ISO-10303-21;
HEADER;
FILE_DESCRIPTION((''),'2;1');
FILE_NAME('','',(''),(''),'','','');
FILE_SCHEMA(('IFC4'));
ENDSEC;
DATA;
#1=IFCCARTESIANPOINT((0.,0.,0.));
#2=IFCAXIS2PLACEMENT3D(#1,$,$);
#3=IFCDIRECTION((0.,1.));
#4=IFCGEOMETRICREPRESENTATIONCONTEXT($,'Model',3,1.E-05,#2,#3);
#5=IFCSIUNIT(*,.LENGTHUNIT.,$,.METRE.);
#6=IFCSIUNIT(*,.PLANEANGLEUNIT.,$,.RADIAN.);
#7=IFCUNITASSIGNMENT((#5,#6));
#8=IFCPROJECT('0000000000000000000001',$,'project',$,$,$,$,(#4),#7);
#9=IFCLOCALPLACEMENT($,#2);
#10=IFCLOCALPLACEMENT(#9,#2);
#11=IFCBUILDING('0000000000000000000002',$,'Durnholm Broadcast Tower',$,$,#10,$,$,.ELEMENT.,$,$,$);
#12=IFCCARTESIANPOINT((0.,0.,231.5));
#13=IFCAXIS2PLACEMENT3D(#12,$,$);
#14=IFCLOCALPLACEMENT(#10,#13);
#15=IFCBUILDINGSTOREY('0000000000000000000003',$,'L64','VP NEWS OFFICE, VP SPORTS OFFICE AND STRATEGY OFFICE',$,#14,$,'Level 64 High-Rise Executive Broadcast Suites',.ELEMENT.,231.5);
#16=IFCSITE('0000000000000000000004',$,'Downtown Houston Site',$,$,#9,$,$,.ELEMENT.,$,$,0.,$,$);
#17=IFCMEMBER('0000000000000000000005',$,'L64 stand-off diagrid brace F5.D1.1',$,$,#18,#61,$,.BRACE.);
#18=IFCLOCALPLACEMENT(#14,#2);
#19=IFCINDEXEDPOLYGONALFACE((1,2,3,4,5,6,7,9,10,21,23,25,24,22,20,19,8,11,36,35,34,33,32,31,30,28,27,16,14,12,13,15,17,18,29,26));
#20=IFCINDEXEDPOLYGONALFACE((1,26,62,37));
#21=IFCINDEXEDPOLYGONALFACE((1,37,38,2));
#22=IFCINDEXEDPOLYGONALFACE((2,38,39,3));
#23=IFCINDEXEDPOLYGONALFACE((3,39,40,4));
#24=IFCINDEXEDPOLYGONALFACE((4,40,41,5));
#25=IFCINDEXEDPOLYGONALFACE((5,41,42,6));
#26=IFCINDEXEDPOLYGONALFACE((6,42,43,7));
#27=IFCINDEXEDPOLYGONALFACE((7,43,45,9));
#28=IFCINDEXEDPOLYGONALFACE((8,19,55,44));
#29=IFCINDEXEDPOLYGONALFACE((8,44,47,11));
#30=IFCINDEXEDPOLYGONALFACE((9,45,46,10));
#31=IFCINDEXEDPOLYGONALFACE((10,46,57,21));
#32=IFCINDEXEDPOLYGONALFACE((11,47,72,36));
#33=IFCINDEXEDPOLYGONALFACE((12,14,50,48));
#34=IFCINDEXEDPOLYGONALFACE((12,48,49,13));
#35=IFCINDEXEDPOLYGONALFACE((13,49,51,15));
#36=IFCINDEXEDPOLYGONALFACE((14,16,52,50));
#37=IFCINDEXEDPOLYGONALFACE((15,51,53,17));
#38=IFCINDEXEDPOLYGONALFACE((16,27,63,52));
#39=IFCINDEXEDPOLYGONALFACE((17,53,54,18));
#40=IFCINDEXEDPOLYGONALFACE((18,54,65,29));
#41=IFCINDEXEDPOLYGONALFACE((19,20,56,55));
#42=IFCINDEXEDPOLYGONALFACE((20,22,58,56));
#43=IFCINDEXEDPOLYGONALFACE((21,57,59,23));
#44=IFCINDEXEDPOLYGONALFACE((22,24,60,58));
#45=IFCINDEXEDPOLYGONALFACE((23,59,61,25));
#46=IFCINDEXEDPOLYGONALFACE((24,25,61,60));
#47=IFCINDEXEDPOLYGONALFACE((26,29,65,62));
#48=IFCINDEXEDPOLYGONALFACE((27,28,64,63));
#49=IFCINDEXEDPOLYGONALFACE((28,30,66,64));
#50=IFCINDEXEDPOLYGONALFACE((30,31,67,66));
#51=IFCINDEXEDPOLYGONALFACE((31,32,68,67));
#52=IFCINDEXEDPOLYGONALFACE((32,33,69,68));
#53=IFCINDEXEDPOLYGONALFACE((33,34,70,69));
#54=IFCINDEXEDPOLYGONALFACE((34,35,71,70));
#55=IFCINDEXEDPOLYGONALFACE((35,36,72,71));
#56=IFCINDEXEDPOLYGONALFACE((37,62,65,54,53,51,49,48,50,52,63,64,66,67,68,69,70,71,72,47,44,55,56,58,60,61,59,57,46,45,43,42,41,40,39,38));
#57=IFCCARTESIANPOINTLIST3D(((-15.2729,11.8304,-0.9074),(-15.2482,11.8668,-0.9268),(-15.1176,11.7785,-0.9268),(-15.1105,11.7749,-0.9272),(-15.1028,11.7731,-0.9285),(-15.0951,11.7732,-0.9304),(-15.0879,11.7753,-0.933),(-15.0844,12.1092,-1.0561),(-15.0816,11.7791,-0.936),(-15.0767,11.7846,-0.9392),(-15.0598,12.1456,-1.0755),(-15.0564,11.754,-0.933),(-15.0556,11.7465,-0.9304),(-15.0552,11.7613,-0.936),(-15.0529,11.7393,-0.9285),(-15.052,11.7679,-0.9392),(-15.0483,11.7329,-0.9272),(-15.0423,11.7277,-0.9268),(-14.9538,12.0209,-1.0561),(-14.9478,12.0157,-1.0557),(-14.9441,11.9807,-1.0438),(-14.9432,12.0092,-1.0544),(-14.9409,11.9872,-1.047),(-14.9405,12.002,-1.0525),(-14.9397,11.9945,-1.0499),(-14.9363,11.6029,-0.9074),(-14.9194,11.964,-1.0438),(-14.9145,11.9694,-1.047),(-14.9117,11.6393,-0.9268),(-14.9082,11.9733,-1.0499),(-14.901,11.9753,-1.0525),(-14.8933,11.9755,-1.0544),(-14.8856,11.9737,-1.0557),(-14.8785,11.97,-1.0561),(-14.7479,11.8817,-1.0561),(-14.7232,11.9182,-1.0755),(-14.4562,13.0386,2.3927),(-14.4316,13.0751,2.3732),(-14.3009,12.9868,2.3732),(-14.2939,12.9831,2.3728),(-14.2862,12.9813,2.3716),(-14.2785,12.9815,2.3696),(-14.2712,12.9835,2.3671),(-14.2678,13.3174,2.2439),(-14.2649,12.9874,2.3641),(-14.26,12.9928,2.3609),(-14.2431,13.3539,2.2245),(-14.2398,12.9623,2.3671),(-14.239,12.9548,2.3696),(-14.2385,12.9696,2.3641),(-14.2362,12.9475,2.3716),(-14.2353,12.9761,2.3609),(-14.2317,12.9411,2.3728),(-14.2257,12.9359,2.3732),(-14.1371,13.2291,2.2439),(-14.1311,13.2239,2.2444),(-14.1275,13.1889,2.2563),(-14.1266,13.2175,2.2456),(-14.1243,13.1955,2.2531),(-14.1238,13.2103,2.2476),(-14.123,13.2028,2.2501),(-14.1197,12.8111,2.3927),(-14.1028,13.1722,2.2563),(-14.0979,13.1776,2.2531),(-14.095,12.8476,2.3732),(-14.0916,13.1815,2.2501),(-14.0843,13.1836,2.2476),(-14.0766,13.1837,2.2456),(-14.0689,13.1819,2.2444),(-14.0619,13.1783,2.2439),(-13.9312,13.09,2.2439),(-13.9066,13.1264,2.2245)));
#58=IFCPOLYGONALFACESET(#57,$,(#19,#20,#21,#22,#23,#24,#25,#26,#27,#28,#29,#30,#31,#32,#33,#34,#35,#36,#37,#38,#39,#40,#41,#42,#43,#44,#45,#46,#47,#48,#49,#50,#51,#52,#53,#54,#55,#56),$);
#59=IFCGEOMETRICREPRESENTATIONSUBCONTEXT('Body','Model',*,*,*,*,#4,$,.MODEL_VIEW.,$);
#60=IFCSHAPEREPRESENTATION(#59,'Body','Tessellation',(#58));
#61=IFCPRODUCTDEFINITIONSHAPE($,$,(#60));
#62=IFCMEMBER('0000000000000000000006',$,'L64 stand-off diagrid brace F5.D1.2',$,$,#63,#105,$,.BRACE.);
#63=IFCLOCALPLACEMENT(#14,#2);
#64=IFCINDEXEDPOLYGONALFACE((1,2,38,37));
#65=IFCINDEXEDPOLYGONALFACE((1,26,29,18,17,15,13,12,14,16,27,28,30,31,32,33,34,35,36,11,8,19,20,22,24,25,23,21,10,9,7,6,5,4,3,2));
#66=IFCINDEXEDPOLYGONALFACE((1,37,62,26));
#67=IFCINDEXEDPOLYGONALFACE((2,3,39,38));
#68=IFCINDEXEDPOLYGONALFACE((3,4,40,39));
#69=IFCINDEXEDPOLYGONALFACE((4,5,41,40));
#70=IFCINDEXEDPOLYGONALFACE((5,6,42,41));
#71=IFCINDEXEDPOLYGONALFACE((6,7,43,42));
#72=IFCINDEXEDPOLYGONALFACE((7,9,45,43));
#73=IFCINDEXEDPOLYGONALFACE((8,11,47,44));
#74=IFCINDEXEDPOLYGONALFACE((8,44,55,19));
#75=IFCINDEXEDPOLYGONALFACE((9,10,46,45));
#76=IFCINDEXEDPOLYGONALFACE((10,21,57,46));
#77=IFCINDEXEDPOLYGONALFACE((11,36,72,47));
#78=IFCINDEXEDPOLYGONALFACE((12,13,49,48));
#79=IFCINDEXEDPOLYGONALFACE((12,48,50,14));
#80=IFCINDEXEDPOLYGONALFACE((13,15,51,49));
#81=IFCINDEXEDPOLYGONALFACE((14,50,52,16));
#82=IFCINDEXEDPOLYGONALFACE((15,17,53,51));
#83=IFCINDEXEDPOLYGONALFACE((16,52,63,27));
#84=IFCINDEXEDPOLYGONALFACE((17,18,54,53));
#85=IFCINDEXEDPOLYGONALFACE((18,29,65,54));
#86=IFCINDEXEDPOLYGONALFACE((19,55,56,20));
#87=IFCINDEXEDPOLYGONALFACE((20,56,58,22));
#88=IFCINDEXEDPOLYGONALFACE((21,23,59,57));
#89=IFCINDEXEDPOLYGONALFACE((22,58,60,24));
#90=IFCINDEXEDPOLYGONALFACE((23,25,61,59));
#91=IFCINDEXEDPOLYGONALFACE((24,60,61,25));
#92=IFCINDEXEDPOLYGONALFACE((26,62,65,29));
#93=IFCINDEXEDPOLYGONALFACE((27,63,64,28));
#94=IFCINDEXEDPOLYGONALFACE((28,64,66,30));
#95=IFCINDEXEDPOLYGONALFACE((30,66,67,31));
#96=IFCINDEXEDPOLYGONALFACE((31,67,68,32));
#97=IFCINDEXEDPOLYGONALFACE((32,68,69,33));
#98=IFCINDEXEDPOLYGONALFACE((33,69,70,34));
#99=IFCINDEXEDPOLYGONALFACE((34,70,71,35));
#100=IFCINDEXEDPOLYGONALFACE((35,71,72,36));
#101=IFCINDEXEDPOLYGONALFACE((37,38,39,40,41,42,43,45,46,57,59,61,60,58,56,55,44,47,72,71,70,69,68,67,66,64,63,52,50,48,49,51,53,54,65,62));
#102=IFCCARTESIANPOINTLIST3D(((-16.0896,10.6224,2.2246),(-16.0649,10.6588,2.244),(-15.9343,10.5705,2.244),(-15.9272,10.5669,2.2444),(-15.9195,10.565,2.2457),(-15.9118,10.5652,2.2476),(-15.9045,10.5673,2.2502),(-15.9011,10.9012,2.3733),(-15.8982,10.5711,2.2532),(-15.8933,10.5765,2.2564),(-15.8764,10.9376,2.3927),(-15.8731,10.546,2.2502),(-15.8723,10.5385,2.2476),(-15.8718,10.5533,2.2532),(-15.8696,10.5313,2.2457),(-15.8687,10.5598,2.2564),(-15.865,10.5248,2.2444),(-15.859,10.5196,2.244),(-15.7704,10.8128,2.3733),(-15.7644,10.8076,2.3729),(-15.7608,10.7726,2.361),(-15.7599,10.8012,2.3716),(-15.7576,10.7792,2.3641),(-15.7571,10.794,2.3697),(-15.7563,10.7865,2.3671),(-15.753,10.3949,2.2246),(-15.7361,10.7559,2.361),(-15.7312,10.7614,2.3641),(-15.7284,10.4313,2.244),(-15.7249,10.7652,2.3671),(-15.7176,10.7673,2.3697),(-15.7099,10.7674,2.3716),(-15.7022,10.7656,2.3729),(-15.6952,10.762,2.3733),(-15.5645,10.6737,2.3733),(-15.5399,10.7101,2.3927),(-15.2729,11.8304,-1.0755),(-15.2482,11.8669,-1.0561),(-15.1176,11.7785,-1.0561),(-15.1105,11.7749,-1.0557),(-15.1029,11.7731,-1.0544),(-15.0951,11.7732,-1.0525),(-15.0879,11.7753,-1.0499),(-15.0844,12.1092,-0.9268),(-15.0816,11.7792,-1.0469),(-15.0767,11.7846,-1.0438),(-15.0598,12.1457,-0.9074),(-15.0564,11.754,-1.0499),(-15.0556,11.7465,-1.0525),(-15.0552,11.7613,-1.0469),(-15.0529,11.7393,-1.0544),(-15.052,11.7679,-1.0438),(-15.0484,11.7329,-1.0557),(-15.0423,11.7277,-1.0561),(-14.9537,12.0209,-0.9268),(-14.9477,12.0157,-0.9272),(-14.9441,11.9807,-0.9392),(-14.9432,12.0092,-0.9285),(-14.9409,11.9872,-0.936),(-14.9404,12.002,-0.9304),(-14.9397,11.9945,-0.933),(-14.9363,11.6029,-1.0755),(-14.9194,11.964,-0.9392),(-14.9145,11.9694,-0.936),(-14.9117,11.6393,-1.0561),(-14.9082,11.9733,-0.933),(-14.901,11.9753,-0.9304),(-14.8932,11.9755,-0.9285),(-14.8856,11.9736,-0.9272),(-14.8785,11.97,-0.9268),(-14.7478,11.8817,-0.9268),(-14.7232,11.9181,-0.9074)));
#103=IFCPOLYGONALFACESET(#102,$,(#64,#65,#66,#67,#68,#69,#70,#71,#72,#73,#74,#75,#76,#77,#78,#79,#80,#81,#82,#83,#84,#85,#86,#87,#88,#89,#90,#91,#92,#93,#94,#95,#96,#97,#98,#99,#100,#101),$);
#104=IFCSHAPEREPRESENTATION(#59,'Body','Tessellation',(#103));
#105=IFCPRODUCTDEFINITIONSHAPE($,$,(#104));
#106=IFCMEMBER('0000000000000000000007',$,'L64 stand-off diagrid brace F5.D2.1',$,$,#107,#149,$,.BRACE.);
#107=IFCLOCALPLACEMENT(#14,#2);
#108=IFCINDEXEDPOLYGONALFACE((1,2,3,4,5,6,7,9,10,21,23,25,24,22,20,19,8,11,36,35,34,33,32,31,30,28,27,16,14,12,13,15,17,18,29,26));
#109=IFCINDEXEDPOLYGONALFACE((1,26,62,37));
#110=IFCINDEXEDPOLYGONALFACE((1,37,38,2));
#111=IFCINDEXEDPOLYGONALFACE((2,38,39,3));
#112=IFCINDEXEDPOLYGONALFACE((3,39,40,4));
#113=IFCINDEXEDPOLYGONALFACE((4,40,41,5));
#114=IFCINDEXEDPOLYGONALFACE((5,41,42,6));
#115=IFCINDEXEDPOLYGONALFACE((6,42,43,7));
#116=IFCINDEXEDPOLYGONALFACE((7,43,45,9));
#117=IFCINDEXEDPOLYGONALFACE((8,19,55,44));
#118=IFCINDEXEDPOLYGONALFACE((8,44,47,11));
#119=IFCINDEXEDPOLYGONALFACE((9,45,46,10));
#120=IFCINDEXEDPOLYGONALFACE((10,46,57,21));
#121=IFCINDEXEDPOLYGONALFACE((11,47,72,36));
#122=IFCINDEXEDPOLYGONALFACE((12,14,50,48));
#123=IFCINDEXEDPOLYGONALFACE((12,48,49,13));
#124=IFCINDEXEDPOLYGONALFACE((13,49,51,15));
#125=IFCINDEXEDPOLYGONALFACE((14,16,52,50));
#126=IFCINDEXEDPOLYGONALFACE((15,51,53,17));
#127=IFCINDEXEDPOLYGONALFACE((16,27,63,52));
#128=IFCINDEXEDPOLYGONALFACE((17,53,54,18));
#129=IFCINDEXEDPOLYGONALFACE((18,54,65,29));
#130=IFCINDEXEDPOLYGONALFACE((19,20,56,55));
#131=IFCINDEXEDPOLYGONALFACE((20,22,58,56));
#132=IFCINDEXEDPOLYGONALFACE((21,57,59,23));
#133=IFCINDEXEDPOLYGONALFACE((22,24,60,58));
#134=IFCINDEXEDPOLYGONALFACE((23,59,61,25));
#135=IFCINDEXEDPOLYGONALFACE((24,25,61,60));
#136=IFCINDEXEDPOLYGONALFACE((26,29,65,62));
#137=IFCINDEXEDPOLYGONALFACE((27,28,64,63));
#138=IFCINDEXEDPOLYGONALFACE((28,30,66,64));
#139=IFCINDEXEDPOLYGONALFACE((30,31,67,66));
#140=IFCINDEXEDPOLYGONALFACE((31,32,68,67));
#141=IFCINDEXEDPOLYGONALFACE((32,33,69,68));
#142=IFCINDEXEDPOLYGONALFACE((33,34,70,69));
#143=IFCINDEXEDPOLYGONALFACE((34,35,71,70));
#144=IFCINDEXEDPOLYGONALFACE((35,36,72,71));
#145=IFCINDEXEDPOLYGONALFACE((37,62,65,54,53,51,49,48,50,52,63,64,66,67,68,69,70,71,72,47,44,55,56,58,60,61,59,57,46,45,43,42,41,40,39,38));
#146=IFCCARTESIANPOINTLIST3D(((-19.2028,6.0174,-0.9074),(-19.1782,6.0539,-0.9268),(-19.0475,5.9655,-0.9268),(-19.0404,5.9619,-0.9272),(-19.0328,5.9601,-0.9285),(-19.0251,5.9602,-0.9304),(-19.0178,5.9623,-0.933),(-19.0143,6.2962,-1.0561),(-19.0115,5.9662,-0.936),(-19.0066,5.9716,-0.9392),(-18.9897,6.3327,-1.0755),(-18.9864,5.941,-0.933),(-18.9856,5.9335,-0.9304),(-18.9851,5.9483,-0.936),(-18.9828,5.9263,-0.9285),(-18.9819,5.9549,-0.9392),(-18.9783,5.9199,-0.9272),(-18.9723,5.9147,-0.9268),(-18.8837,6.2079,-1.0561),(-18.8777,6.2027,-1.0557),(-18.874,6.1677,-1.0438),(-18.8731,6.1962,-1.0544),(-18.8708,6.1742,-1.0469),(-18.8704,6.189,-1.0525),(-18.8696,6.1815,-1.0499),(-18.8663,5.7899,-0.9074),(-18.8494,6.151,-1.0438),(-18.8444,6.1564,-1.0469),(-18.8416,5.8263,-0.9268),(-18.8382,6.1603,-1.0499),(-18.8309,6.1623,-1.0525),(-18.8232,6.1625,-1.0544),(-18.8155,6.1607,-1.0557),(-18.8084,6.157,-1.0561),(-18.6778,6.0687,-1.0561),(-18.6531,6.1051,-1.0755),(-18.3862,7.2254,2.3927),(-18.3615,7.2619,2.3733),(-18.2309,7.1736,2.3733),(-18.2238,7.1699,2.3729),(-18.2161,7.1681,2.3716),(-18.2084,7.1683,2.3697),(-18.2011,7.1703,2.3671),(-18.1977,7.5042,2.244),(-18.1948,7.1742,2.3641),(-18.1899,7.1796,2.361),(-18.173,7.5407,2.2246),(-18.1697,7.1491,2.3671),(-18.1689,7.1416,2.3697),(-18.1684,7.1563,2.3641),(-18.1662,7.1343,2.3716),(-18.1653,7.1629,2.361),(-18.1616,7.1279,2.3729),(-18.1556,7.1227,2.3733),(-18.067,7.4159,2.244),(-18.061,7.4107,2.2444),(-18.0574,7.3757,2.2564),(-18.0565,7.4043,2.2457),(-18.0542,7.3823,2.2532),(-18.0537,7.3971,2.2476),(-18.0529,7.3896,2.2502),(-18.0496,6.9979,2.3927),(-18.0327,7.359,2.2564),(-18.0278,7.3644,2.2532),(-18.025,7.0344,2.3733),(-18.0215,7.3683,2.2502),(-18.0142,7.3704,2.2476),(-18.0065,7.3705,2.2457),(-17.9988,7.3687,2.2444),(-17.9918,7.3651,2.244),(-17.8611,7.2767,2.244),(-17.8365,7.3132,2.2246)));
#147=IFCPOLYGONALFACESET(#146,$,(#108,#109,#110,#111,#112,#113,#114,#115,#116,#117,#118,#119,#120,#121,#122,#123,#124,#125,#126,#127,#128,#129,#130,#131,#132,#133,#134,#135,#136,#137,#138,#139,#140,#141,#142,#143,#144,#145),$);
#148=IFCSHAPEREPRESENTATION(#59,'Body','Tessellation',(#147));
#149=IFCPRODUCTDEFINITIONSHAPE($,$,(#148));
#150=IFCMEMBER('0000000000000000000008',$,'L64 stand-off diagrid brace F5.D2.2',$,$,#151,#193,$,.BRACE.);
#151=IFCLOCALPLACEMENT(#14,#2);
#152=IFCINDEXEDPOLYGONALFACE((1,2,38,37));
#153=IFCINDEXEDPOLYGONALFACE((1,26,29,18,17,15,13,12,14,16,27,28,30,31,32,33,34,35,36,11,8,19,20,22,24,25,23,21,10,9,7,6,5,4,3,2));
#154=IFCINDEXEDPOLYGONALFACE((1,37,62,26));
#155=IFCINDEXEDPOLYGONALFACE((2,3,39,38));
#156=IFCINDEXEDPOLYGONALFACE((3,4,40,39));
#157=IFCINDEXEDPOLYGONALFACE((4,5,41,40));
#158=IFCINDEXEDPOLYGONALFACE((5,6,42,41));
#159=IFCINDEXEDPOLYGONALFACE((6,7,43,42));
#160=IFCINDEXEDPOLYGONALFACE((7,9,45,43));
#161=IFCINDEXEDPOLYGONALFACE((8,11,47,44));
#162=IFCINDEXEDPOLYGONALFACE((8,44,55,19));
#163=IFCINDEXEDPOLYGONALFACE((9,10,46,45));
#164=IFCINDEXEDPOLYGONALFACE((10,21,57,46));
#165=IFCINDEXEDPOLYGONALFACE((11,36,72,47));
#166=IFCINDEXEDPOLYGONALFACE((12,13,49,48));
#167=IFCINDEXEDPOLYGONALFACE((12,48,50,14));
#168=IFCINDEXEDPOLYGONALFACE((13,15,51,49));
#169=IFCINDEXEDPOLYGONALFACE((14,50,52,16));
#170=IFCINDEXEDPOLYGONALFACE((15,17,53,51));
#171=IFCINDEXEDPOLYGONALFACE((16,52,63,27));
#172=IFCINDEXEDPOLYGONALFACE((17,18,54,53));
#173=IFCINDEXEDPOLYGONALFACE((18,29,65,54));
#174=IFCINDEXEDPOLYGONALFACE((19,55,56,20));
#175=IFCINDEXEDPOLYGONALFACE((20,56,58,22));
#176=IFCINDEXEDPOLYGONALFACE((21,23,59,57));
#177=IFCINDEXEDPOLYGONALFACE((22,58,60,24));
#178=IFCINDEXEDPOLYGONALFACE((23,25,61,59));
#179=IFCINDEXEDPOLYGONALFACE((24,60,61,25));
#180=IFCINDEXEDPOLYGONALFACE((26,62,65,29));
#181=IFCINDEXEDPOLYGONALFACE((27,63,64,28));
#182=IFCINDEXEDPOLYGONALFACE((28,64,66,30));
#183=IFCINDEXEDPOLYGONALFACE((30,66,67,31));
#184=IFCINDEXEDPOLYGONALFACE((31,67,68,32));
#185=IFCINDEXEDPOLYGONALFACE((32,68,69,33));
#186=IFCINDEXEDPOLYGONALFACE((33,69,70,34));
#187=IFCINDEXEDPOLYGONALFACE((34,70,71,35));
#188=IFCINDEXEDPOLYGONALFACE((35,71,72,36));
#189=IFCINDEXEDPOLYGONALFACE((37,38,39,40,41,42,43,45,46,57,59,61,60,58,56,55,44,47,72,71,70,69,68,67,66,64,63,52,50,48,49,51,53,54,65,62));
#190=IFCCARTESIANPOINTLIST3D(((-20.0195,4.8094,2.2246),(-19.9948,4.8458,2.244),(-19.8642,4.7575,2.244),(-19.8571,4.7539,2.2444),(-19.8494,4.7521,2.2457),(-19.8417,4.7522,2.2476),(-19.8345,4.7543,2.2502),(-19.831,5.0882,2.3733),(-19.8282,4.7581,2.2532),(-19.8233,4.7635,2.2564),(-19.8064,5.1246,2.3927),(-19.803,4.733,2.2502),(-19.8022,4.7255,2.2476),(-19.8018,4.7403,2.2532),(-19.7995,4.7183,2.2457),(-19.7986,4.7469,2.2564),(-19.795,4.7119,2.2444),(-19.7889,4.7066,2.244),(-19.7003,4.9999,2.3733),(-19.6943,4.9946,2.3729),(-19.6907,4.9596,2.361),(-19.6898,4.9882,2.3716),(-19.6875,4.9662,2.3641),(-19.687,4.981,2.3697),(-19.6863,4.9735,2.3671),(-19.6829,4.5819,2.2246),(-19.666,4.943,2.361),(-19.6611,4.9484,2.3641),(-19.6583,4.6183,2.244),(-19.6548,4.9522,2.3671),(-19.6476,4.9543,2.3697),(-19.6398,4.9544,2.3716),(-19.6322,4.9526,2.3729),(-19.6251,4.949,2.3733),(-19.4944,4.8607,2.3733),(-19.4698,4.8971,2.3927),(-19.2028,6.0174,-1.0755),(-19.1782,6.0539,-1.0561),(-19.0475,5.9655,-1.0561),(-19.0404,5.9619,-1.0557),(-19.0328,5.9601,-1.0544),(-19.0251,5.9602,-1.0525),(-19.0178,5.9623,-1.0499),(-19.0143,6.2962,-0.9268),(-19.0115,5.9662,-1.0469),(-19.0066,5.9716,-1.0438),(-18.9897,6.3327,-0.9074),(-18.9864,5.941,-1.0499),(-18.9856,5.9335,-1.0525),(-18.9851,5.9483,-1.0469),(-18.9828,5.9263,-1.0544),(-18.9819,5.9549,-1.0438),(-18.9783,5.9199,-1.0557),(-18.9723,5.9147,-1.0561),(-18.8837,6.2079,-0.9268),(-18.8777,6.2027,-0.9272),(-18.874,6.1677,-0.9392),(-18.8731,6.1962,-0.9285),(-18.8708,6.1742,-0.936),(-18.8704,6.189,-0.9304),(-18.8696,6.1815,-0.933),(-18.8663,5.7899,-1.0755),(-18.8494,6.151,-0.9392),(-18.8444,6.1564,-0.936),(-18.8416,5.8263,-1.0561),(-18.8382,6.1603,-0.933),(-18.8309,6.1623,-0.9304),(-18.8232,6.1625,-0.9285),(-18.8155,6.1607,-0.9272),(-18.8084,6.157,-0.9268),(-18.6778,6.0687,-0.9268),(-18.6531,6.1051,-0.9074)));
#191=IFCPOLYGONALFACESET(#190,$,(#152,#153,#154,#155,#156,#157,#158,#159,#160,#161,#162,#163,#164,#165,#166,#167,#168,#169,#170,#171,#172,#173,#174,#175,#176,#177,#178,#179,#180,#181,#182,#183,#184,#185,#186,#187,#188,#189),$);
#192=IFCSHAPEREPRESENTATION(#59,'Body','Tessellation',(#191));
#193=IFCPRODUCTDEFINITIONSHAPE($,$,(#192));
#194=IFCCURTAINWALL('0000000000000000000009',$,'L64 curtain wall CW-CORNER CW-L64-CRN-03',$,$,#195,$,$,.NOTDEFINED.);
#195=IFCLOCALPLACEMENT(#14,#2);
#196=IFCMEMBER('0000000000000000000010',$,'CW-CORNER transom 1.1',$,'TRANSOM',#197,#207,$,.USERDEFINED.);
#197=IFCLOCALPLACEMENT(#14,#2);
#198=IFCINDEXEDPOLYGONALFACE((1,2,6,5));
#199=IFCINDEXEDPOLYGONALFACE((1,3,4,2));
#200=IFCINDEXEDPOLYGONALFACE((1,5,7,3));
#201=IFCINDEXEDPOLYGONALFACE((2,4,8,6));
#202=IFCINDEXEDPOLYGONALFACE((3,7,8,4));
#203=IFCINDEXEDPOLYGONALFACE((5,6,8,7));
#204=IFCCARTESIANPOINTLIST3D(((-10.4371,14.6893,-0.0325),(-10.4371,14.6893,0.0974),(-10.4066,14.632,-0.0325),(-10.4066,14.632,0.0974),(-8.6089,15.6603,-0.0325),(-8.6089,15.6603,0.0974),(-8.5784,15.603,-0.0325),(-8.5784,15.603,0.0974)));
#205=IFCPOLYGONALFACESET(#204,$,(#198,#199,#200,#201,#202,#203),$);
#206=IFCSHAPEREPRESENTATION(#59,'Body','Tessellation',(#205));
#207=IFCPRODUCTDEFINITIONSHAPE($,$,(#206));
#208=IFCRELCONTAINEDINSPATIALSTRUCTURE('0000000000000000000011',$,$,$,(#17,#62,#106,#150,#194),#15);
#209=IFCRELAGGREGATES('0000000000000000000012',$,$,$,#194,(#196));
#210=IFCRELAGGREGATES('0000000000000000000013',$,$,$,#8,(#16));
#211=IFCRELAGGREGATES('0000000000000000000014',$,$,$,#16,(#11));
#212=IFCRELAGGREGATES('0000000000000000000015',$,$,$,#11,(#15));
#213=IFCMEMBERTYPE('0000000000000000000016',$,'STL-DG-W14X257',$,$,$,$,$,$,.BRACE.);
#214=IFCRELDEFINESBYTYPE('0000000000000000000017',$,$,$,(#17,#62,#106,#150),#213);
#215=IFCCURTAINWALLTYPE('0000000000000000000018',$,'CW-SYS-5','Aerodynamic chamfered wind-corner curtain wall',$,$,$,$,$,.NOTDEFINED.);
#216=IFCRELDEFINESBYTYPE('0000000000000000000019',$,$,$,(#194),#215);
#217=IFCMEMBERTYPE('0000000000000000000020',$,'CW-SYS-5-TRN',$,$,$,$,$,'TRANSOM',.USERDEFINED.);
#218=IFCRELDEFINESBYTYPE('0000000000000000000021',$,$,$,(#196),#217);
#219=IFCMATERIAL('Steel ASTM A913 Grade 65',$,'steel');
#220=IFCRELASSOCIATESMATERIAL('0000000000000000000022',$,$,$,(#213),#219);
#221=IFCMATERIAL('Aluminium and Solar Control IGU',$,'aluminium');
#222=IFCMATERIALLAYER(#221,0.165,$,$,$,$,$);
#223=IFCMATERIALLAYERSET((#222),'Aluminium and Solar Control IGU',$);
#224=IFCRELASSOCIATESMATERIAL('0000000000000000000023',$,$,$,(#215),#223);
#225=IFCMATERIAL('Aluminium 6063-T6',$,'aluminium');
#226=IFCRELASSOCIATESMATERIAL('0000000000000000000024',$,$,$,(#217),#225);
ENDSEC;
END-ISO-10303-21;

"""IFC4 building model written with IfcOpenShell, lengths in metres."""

from ifc_helpers import new_model, si_unit, direction, frame, origin, origin_2d, place, context, subcontext, project, spatial, rectangle, i_section, extrude, source, transform, mapped, material, layer, layer_set, material_profile, profile_set, type_object, type_shapes, element, aggregate, save


model = new_model("IFC4")

# Units and contexts
model_context = context("Model", 3, precision=1e-05, world=origin(), true_north=direction((0.0, 1.0)))
body_context = subcontext(model_context, "Body", "Model", "MODEL_VIEW")
ifc_project = project(units=[si_unit("LENGTHUNIT", "METRE"), si_unit("PLANEANGLEUNIT", "RADIAN")], contexts=[model_context])

# Site, building, storey
site_placement = place(None, origin())
site = spatial("IfcSite", under=ifc_project, at=site_placement, Name="Downtown Houston Site", CompositionType="ELEMENT", RefElevation=0.0)
building_placement = place(site_placement, origin())
building = spatial("IfcBuilding", under=site, at=building_placement, Name="Durnholm Broadcast Tower", CompositionType="ELEMENT")
storey_placement = place(building_placement, frame((0.0, 0.0, 231.5)))
storey = spatial("IfcBuildingStorey", under=building, at=storey_placement, Name="L64", Description="VP NEWS OFFICE, VP SPORTS OFFICE AND STRATEGY OFFICE", LongName="Level 64 High-Rise Executive Broadcast Suites", CompositionType="ELEMENT", Elevation=231.5)

# Members
ifc_material_1 = material(Name="Steel ASTM A913 Grade 65", Category="steel")
ifc_material_profile_1 = material_profile(ifc_material_1, i_section(OverallWidth=0.4062, OverallDepth=0.416, WebThickness=0.0298, FlangeThickness=0.0481, FilletRadius=0.0305, at=origin_2d()), Name="W14X257")
ifc_profile_set_1 = profile_set([ifc_material_profile_1], Name="Steel ASTM A913 Grade 65")
member_type_1 = type_object("IfcMemberType", Name="STL-DG-W14X257", PredefinedType="BRACE", material=ifc_profile_set_1)
shared_shape_1 = source(origin(), body_context, "Body", "SweptSolid", [
    extrude(i_section(OverallWidth=0.4062, OverallDepth=0.416, WebThickness=0.0298, FlangeThickness=0.0481, FilletRadius=0.0305, at=origin_2d()), origin(), (0.0, 0.0, 1.0), 3.6079),
])
type_shapes(member_type_1, [shared_shape_1])
for number, where, z_axis, x_axis, name in (
    (1, (-14.998, 11.8743, -0.9915), (0.226349, 0.334888, 0.914667), (-0.828505, 0.559982, 0.0), "L64 stand-off diagrid brace F5.D1.1"),
    (2, (-14.998, 11.8743, -0.9915), (-0.226354, -0.334828, 0.914688), (0.828452, -0.560059, 0.0), "L64 stand-off diagrid brace F5.D1.2"),
    (3, (-18.928, 6.0613, -0.9915), (0.226354, 0.334828, 0.914688), (-0.828452, 0.560059, 0.0), "L64 stand-off diagrid brace F5.D2.1"),
    (4, (-18.928, 6.0613, -0.9915), (-0.226354, -0.334828, 0.914688), (0.828452, -0.560059, 0.0), "L64 stand-off diagrid brace F5.D2.2"),
):
    element("IfcMember", number, at=place(storey_placement, frame(where, z_axis=z_axis, x_axis=x_axis)), inside=storey, type_object=member_type_1, Name=name, PredefinedType="BRACE", context=body_context, shape_type="MappedRepresentation", body=[
        mapped(shared_shape_1, transform((0.0, 0.0, 0.0), x_axis=(1.0, 0.0, 0.0), y_axis=(0.0, 1.0, 0.0), z_axis=(0.0, 0.0, 1.0), scale=1.0)),
    ])

# Curtain wall, member
ifc_material_2 = material(Name="Aluminium and Solar Control IGU", Category="aluminium")
ifc_layer_1 = layer(ifc_material_2, 0.165)
ifc_layer_set_1 = layer_set([ifc_layer_1], Name="Aluminium and Solar Control IGU")
curtain_wall_type_1 = type_object("IfcCurtainWallType", Name="CW-SYS-5", Description="Aerodynamic chamfered wind-corner curtain wall", PredefinedType="NOTDEFINED", material=ifc_layer_set_1)
curtain_wall_1_placement = place(storey_placement, origin())
curtain_wall_1 = element("IfcCurtainWall", 5, at=curtain_wall_1_placement, inside=storey, type_object=curtain_wall_type_1, Name="L64 curtain wall CW-CORNER CW-L64-CRN-03", PredefinedType="NOTDEFINED")
ifc_material_3 = material(Name="Aluminium 6063-T6", Category="aluminium")
ifc_material_profile_2 = material_profile(ifc_material_3, rectangle(XDim=0.0649, YDim=0.1299, at=origin_2d()), Name="CWT65X130")
ifc_profile_set_2 = profile_set([ifc_material_profile_2], Name="Aluminium 6063-T6")
member_type_2 = type_object("IfcMemberType", Name="CW-SYS-5-TRN", ElementType="TRANSOM", PredefinedType="USERDEFINED", material=ifc_profile_set_2)
shared_shape_2 = source(origin(), body_context, "Body", "SweptSolid", [
    extrude(rectangle(XDim=0.0649, YDim=0.1299, at=origin_2d()), origin(), (0.0, 0.0, 1.0), 2.0701),
])
type_shapes(member_type_2, [shared_shape_2])
member_1_placement = place(storey_placement, frame((-10.4219, 14.6606, 0.0325), z_axis=(0.883165, 0.469063, 0.0), x_axis=(-0.469063, 0.883165, 0.0)))
member_1 = element("IfcMember", 6, at=member_1_placement, type_object=member_type_2, Name="CW-CORNER transom 1.1", ObjectType="TRANSOM", PredefinedType="USERDEFINED", context=body_context, shape_type="MappedRepresentation", body=[
    mapped(shared_shape_2, transform((0.0, 0.0, 0.0), x_axis=(1.0, 0.0, 0.0), y_axis=(0.0, 1.0, 0.0), z_axis=(0.0, 0.0, 1.0), scale=1.0)),
])

aggregate(curtain_wall_1, [member_1])

save(model, "model.ifc")
